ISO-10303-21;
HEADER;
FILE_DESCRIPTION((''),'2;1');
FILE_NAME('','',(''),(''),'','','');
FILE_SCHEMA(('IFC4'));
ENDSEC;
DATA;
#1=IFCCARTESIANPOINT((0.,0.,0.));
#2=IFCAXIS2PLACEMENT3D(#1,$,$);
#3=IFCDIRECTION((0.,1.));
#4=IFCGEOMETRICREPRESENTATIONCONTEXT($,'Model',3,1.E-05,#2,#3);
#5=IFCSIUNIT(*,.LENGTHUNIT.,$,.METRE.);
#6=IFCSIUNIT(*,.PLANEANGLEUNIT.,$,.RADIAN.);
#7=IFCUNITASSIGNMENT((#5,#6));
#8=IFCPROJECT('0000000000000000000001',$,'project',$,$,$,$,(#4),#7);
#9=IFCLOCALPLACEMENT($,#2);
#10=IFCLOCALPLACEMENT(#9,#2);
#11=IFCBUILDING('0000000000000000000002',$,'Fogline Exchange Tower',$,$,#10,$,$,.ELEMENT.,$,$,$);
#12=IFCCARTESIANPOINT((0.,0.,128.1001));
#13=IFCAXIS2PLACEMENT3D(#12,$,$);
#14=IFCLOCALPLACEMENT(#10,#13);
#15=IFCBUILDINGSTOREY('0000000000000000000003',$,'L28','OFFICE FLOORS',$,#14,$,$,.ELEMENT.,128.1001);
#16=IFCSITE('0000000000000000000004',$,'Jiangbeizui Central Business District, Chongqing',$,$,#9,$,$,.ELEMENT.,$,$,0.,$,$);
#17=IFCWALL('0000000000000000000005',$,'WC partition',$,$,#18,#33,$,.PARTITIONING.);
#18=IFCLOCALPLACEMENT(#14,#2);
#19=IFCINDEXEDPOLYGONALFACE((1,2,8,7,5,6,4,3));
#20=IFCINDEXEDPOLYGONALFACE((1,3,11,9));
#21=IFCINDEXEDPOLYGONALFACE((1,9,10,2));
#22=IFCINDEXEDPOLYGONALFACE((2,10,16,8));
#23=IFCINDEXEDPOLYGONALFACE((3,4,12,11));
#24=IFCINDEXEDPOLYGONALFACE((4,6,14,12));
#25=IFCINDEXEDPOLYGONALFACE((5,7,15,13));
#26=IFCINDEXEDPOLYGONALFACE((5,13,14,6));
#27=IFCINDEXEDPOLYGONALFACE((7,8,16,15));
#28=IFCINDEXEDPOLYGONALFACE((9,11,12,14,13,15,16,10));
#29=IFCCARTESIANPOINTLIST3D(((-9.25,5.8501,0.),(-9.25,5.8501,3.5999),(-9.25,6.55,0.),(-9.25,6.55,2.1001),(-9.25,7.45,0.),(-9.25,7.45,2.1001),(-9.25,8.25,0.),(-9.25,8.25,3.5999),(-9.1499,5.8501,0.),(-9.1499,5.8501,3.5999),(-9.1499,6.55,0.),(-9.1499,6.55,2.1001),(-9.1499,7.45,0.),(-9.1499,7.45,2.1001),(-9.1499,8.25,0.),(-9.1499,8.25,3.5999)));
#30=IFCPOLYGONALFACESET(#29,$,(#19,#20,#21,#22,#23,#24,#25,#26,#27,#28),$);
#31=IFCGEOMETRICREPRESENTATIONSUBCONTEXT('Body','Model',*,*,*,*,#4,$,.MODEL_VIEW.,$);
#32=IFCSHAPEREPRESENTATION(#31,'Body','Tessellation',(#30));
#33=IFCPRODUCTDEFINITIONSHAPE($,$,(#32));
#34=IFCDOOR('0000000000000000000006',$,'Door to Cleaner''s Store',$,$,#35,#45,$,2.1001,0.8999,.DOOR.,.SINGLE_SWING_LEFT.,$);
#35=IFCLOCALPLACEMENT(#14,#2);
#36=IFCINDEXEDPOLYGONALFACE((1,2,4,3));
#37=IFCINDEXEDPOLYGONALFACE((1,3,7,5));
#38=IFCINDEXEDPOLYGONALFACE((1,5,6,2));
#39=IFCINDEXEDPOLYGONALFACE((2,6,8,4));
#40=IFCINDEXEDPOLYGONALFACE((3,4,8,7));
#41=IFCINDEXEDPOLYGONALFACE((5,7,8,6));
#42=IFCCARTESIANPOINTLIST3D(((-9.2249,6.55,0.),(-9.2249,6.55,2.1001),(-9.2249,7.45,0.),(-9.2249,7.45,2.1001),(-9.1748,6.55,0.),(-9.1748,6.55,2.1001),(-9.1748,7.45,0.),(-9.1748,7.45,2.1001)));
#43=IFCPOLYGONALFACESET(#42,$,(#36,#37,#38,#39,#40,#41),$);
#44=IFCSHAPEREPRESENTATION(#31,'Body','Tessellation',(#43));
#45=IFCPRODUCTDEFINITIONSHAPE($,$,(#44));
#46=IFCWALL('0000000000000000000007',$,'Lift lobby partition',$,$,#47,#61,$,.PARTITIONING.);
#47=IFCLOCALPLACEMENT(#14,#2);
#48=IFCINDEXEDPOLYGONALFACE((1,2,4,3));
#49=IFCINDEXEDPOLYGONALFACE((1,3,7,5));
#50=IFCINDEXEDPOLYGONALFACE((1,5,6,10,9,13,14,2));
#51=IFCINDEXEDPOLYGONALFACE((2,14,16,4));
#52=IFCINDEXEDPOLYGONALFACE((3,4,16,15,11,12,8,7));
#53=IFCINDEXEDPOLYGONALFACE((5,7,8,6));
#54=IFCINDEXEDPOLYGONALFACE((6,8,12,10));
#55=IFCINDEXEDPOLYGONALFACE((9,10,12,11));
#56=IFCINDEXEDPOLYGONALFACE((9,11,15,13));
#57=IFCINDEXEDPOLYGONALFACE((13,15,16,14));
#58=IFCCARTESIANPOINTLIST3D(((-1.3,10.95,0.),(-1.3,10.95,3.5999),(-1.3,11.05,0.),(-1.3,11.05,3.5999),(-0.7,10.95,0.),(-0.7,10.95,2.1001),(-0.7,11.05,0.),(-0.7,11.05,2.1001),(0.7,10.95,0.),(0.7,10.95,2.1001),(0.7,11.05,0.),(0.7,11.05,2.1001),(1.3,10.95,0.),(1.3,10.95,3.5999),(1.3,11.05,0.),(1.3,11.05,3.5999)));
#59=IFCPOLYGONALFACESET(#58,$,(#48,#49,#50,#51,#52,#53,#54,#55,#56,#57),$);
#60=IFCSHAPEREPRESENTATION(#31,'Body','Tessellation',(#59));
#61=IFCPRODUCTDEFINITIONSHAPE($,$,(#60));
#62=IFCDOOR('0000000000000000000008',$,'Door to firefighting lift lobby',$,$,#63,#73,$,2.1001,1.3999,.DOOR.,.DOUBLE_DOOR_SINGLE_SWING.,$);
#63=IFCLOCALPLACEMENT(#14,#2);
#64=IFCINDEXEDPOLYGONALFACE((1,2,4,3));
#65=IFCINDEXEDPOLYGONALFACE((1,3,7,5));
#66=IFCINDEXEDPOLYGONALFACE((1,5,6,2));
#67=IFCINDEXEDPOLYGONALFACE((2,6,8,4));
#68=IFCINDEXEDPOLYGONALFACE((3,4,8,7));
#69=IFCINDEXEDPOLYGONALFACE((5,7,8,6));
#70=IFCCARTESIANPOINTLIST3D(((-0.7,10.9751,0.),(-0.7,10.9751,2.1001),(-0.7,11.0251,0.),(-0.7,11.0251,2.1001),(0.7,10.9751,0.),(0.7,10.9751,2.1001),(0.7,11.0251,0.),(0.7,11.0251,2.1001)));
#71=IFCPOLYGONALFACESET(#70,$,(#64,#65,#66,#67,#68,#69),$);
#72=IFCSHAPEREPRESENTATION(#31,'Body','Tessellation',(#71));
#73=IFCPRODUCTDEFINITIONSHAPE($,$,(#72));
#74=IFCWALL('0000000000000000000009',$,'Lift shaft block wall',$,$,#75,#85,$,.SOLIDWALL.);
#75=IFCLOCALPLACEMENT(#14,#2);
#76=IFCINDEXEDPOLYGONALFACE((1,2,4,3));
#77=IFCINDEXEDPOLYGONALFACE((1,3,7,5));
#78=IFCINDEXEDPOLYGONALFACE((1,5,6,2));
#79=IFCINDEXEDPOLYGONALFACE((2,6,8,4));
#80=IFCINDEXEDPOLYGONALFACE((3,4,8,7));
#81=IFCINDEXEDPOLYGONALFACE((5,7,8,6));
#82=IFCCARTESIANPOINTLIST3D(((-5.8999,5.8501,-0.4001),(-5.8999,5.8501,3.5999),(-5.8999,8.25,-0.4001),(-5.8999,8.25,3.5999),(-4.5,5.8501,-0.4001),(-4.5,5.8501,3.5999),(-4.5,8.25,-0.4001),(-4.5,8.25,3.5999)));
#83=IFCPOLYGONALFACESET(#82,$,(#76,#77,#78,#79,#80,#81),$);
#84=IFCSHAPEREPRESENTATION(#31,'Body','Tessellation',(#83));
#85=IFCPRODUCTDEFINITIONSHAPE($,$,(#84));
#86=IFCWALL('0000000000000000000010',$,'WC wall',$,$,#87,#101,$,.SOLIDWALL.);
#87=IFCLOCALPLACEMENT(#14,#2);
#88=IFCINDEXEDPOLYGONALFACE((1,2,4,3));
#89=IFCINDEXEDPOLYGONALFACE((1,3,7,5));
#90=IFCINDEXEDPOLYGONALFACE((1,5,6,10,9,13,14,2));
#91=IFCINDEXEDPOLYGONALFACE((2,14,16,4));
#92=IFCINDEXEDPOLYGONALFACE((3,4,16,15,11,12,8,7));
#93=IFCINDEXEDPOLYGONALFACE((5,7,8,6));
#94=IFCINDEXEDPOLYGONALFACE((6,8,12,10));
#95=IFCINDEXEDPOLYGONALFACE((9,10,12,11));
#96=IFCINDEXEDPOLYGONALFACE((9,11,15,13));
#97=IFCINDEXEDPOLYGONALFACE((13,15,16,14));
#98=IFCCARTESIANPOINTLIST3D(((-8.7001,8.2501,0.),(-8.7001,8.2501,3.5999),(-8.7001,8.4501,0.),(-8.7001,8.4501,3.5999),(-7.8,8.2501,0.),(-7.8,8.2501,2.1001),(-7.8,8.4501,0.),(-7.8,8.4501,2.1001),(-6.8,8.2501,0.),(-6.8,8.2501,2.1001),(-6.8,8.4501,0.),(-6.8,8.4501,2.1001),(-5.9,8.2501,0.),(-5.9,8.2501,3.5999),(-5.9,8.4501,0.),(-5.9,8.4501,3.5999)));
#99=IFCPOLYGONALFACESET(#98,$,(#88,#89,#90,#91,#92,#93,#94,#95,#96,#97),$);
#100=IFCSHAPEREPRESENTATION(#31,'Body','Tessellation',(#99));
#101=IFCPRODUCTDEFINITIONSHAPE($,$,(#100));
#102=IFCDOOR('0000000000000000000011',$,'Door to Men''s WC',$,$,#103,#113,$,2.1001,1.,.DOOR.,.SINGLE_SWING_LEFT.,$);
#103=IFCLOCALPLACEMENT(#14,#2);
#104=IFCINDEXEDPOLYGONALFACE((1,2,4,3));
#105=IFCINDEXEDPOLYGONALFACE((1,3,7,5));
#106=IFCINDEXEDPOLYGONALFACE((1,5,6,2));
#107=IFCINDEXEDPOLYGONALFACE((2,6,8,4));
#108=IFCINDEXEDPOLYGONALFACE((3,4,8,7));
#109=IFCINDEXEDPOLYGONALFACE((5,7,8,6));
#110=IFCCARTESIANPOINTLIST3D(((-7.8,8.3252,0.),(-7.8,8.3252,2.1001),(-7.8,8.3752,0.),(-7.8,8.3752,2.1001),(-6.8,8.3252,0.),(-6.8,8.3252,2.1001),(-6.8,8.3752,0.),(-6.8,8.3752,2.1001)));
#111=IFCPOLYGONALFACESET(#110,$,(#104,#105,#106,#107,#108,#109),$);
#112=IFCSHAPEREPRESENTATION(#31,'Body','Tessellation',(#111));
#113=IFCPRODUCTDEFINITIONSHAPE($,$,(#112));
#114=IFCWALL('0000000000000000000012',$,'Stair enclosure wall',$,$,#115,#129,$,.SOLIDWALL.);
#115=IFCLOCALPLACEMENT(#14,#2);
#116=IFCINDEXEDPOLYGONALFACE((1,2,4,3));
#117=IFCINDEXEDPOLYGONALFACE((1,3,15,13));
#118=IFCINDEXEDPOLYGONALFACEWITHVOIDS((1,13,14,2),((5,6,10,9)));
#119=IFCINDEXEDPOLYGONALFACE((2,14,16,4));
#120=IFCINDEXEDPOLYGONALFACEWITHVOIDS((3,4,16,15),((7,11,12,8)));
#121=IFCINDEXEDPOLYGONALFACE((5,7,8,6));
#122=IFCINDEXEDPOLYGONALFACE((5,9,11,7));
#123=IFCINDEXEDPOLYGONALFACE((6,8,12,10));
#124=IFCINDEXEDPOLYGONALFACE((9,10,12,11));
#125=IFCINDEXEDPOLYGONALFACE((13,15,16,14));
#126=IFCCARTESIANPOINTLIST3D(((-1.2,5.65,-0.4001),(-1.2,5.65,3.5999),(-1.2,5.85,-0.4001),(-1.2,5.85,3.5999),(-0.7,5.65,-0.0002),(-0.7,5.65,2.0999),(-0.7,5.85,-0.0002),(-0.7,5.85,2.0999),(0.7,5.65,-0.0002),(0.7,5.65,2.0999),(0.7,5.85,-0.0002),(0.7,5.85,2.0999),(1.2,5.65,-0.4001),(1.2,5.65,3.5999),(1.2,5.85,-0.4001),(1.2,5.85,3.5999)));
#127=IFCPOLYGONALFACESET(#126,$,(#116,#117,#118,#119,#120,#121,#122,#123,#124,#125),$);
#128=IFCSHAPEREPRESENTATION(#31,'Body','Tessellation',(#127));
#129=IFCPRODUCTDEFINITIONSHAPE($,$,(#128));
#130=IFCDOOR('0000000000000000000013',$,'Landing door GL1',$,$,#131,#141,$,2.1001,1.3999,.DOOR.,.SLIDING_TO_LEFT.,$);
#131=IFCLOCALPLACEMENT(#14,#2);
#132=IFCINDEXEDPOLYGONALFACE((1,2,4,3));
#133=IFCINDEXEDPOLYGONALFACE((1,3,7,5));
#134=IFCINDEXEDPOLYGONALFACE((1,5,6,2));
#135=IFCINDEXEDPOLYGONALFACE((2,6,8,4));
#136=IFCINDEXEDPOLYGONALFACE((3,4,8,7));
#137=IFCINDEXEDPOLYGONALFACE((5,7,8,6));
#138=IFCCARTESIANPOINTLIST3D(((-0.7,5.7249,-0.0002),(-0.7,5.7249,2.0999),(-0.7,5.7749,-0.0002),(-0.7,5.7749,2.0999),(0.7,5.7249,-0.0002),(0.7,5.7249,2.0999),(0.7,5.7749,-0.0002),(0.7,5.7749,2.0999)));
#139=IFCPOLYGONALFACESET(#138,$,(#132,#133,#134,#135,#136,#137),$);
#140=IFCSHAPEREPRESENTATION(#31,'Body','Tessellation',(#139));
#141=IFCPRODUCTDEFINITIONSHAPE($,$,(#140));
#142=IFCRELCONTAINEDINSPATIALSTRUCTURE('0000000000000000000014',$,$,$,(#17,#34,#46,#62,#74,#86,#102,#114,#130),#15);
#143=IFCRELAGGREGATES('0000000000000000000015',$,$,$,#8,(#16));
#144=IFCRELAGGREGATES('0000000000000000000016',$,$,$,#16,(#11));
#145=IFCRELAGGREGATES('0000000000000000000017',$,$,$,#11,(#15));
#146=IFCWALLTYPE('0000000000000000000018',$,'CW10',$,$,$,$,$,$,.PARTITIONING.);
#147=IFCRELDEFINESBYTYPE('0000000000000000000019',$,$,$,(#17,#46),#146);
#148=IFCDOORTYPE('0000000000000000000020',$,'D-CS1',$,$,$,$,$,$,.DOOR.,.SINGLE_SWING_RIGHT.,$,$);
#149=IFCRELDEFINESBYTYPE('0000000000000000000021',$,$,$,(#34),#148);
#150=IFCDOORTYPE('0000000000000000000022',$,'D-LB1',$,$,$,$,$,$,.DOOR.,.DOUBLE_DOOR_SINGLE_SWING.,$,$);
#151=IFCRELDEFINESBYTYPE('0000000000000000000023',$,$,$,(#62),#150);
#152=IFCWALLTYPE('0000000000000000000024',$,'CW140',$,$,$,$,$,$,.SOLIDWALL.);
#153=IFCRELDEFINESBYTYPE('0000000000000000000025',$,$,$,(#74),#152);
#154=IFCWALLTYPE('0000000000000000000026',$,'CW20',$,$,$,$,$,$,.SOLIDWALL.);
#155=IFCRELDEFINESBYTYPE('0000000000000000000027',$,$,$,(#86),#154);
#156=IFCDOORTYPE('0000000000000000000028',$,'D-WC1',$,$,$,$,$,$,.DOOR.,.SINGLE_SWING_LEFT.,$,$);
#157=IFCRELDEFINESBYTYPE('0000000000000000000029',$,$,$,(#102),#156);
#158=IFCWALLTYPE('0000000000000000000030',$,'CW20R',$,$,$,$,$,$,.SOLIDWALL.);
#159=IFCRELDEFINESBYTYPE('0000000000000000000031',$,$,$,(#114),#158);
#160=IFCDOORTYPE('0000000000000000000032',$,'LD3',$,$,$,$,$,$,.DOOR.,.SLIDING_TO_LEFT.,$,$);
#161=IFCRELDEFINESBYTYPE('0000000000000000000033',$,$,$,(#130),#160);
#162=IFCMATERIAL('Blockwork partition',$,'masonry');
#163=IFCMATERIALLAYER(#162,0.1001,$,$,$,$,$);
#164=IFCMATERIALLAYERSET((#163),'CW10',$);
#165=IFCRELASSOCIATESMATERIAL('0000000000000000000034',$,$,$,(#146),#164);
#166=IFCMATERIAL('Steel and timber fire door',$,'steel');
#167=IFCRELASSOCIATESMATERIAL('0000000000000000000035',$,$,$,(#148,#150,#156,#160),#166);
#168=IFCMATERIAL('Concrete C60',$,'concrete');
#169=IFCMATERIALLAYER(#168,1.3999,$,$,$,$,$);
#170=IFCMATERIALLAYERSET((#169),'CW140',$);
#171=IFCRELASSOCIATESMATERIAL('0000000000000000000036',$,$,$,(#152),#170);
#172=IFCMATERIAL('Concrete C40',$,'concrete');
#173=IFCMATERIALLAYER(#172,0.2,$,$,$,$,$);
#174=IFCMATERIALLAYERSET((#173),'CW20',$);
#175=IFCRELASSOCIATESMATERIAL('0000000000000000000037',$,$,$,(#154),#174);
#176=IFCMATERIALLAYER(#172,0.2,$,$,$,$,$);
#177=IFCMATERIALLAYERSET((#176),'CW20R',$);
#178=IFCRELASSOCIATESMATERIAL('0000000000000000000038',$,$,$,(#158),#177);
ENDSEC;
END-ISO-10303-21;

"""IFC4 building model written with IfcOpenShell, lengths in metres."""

from ifc_helpers import new_model, si_unit, direction, frame, frame_2d, origin, place, context, subcontext, project, spatial, rectangle, extrude, material, layer, layer_set, type_object, element, fill, save


model = new_model("IFC4")

# Units and contexts
model_context = context("Model", 3, precision=1e-05, world=origin(), true_north=direction((0.0, 1.0)))
body_context = subcontext(model_context, "Body", "Model", "MODEL_VIEW")
ifc_project = project(units=[si_unit("LENGTHUNIT", "METRE"), si_unit("PLANEANGLEUNIT", "RADIAN")], contexts=[model_context])

# Site, building, storey
site_placement = place(None, origin())
site = spatial("IfcSite", under=ifc_project, at=site_placement, Name="Jiangbeizui Central Business District, Chongqing", CompositionType="ELEMENT", RefElevation=0.0)
building_placement = place(site_placement, origin())
building = spatial("IfcBuilding", under=site, at=building_placement, Name="Fogline Exchange Tower", CompositionType="ELEMENT")
storey_placement = place(building_placement, frame((0.0, 0.0, 128.1001)))
storey = spatial("IfcBuildingStorey", under=building, at=storey_placement, Name="L28", Description="OFFICE FLOORS", CompositionType="ELEMENT", Elevation=128.1001)

# Walls, openings, doors
ifc_material_1 = material(Name="Blockwork partition", Category="masonry")
ifc_layer_1 = layer(ifc_material_1, 0.1001)
ifc_layer_set_1 = layer_set([ifc_layer_1], Name="CW10")
wall_type_1 = type_object("IfcWallType", Name="CW10", PredefinedType="PARTITIONING", material=ifc_layer_set_1)
wall_1_placement = place(storey_placement, frame((-9.2, 5.8501, 0.0), z_axis=(0.0, 0.0, 1.0), x_axis=(0.0, 1.0, 0.0)))
wall_1 = element("IfcWall", 1, at=wall_1_placement, inside=storey, type_object=wall_type_1, Name="WC partition", PredefinedType="PARTITIONING", context=body_context, shape_type="SweptSolid", body=[
    extrude(rectangle(XDim=2.3999, YDim=0.1001, at=frame_2d((1.2, 0.0))), origin(), (0.0, 0.0, 1.0), 3.5999),
])
opening_1_placement = place(wall_1_placement, frame((0.7, 0.0, 0.0)))
opening_1 = element("IfcOpeningElement", 2, at=opening_1_placement, cuts=wall_1, PredefinedType="OPENING", context=body_context, shape_type="SweptSolid", body=[
    extrude(rectangle(XDim=0.8999, YDim=2.1001, at=frame_2d((0.45, 1.05))), frame((0.0, 0.0601, 0.0), z_axis=(0.0, -1.0, 0.0), x_axis=(1.0, 0.0, 0.0)), (0.0, 0.0, 1.0), 0.1201),
])
ifc_material_2 = material(Name="Steel and timber fire door", Category="steel")
door_type_1 = type_object("IfcDoorType", Name="D-CS1", OperationType="SINGLE_SWING_RIGHT", PredefinedType="DOOR", material=ifc_material_2)
door_1_placement = place(opening_1_placement, origin())
door_1 = element("IfcDoor", 3, at=door_1_placement, inside=storey, type_object=door_type_1, Name="Door to Cleaner's Store", OperationType="SINGLE_SWING_LEFT", OverallHeight=2.1001, OverallWidth=0.8999, PredefinedType="DOOR", context=body_context, shape_type="SweptSolid", body=[
    extrude(rectangle(XDim=0.8999, YDim=2.1001, at=frame_2d((0.45, 1.05))), frame((0.0, 0.0249, 0.0), z_axis=(0.0, -1.0, 0.0), x_axis=(1.0, 0.0, 0.0)), (0.0, 0.0, 1.0), 0.05),
])
fill(opening_1, door_1)
wall_2_placement = place(storey_placement, frame((-1.3, 11.0, 0.0), z_axis=(0.0, 0.0, 1.0), x_axis=(1.0, 0.0, 0.0)))
wall_2 = element("IfcWall", 4, at=wall_2_placement, inside=storey, type_object=wall_type_1, Name="Lift lobby partition", PredefinedType="PARTITIONING", context=body_context, shape_type="SweptSolid", body=[
    extrude(rectangle(XDim=2.6001, YDim=0.1001, at=frame_2d((1.3, 0.0))), origin(), (0.0, 0.0, 1.0), 3.5999),
])
opening_2_placement = place(wall_2_placement, frame((0.6001, 0.0, 0.0)))
opening_2 = element("IfcOpeningElement", 5, at=opening_2_placement, cuts=wall_2, PredefinedType="OPENING", context=body_context, shape_type="SweptSolid", body=[
    extrude(rectangle(XDim=1.3999, YDim=2.1001, at=frame_2d((0.7, 1.05))), frame((0.0, 0.0601, 0.0), z_axis=(0.0, -1.0, 0.0), x_axis=(1.0, 0.0, 0.0)), (0.0, 0.0, 1.0), 0.1201),
])
door_type_2 = type_object("IfcDoorType", Name="D-LB1", OperationType="DOUBLE_DOOR_SINGLE_SWING", PredefinedType="DOOR", material=ifc_material_2)
door_2_placement = place(opening_2_placement, frame((1.3999, 0.0, 0.0), z_axis=(0.0, 0.0, 1.0), x_axis=(-1.0, 0.0, 0.0)))
door_2 = element("IfcDoor", 6, at=door_2_placement, inside=storey, type_object=door_type_2, Name="Door to firefighting lift lobby", OperationType="DOUBLE_DOOR_SINGLE_SWING", OverallHeight=2.1001, OverallWidth=1.3999, PredefinedType="DOOR", context=body_context, shape_type="SweptSolid", body=[
    extrude(rectangle(XDim=1.3999, YDim=2.1001, at=frame_2d((0.7, 1.05))), frame((0.0, 0.0249, 0.0), z_axis=(0.0, -1.0, 0.0), x_axis=(1.0, 0.0, 0.0)), (0.0, 0.0, 1.0), 0.05),
])
fill(opening_2, door_2)

# Wall
ifc_material_3 = material(Name="Concrete C60", Category="concrete")
ifc_layer_2 = layer(ifc_material_3, 1.3999)
ifc_layer_set_2 = layer_set([ifc_layer_2], Name="CW140")
wall_type_2 = type_object("IfcWallType", Name="CW140", PredefinedType="SOLIDWALL", material=ifc_layer_set_2)
wall_3_placement = place(storey_placement, frame((-5.2, 5.8501, -0.4001), z_axis=(0.0, 0.0, 1.0), x_axis=(0.0, 1.0, 0.0)))
element("IfcWall", 7, at=wall_3_placement, inside=storey, type_object=wall_type_2, Name="Lift shaft block wall", PredefinedType="SOLIDWALL", context=body_context, shape_type="SweptSolid", body=[
    extrude(rectangle(XDim=2.3999, YDim=1.3999, at=frame_2d((1.2, 0.0))), origin(), (0.0, 0.0, 1.0), 4.0),
])

# Walls, openings, doors
ifc_material_4 = material(Name="Concrete C40", Category="concrete")
ifc_layer_3 = layer(ifc_material_4, 0.2)
ifc_layer_set_3 = layer_set([ifc_layer_3], Name="CW20")
wall_type_3 = type_object("IfcWallType", Name="CW20", PredefinedType="SOLIDWALL", material=ifc_layer_set_3)
wall_4_placement = place(storey_placement, frame((-8.7, 8.3501, 0.0), z_axis=(0.0, 0.0, 1.0), x_axis=(1.0, 0.0, 0.0)))
wall_4 = element("IfcWall", 8, at=wall_4_placement, inside=storey, type_object=wall_type_3, Name="WC wall", PredefinedType="SOLIDWALL", context=body_context, shape_type="SweptSolid", body=[
    extrude(rectangle(XDim=2.8, YDim=0.2, at=frame_2d((1.3999, 0.0))), origin(), (0.0, 0.0, 1.0), 3.5999),
])
opening_3_placement = place(wall_4_placement, frame((0.8999, 0.0, 0.0)))
opening_3 = element("IfcOpeningElement", 9, at=opening_3_placement, cuts=wall_4, PredefinedType="OPENING", context=body_context, shape_type="SweptSolid", body=[
    extrude(rectangle(XDim=1.0, YDim=2.1001, at=frame_2d((0.5, 1.05))), frame((0.0, 0.1099, 0.0), z_axis=(0.0, -1.0, 0.0), x_axis=(1.0, 0.0, 0.0)), (0.0, 0.0, 1.0), 0.22),
])
door_type_3 = type_object("IfcDoorType", Name="D-WC1", OperationType="SINGLE_SWING_LEFT", PredefinedType="DOOR", material=ifc_material_2)
door_3_placement = place(opening_3_placement, frame((1.0, 0.0, 0.0), z_axis=(0.0, 0.0, 1.0), x_axis=(-1.0, 0.0, 0.0)))
door_3 = element("IfcDoor", 10, at=door_3_placement, inside=storey, type_object=door_type_3, Name="Door to Men's WC", OperationType="SINGLE_SWING_LEFT", OverallHeight=2.1001, OverallWidth=1.0, PredefinedType="DOOR", context=body_context, shape_type="SweptSolid", body=[
    extrude(rectangle(XDim=1.0, YDim=2.1001, at=frame_2d((0.5, 1.05))), frame((0.0, 0.0249, 0.0), z_axis=(0.0, -1.0, 0.0), x_axis=(1.0, 0.0, 0.0)), (0.0, 0.0, 1.0), 0.05),
])
fill(opening_3, door_3)
ifc_layer_4 = layer(ifc_material_4, 0.2)
ifc_layer_set_4 = layer_set([ifc_layer_4], Name="CW20R")
wall_type_4 = type_object("IfcWallType", Name="CW20R", PredefinedType="SOLIDWALL", material=ifc_layer_set_4)
wall_5_placement = place(storey_placement, frame((-1.2, 5.75, -0.4001), z_axis=(0.0, 0.0, 1.0), x_axis=(1.0, 0.0, 0.0)))
wall_5 = element("IfcWall", 11, at=wall_5_placement, inside=storey, type_object=wall_type_4, Name="Stair enclosure wall", PredefinedType="SOLIDWALL", context=body_context, shape_type="SweptSolid", body=[
    extrude(rectangle(XDim=2.3999, YDim=0.2, at=frame_2d((1.2, 0.0))), origin(), (0.0, 0.0, 1.0), 4.0),
])
opening_4_placement = place(wall_5_placement, frame((0.5, 0.0, 0.3999)))
opening_4 = element("IfcOpeningElement", 12, at=opening_4_placement, cuts=wall_5, PredefinedType="OPENING", context=body_context, shape_type="SweptSolid", body=[
    extrude(rectangle(XDim=1.3999, YDim=2.1001, at=frame_2d((0.7, 1.05))), frame((0.0, 0.1099, 0.0), z_axis=(0.0, -1.0, 0.0), x_axis=(1.0, 0.0, 0.0)), (0.0, 0.0, 1.0), 0.22),
])
door_type_4 = type_object("IfcDoorType", Name="LD3", OperationType="SLIDING_TO_LEFT", PredefinedType="DOOR", material=ifc_material_2)
door_4_placement = place(opening_4_placement, origin())
door_4 = element("IfcDoor", 13, at=door_4_placement, inside=storey, type_object=door_type_4, Name="Landing door GL1", OperationType="SLIDING_TO_LEFT", OverallHeight=2.1001, OverallWidth=1.3999, PredefinedType="DOOR", context=body_context, shape_type="SweptSolid", body=[
    extrude(rectangle(XDim=1.3999, YDim=2.1001, at=frame_2d((0.7, 1.05))), frame((0.0, 0.0249, 0.0), z_axis=(0.0, -1.0, 0.0), x_axis=(1.0, 0.0, 0.0)), (0.0, 0.0, 1.0), 0.05),
])
fill(opening_4, door_4)

save(model, "model.ifc")
